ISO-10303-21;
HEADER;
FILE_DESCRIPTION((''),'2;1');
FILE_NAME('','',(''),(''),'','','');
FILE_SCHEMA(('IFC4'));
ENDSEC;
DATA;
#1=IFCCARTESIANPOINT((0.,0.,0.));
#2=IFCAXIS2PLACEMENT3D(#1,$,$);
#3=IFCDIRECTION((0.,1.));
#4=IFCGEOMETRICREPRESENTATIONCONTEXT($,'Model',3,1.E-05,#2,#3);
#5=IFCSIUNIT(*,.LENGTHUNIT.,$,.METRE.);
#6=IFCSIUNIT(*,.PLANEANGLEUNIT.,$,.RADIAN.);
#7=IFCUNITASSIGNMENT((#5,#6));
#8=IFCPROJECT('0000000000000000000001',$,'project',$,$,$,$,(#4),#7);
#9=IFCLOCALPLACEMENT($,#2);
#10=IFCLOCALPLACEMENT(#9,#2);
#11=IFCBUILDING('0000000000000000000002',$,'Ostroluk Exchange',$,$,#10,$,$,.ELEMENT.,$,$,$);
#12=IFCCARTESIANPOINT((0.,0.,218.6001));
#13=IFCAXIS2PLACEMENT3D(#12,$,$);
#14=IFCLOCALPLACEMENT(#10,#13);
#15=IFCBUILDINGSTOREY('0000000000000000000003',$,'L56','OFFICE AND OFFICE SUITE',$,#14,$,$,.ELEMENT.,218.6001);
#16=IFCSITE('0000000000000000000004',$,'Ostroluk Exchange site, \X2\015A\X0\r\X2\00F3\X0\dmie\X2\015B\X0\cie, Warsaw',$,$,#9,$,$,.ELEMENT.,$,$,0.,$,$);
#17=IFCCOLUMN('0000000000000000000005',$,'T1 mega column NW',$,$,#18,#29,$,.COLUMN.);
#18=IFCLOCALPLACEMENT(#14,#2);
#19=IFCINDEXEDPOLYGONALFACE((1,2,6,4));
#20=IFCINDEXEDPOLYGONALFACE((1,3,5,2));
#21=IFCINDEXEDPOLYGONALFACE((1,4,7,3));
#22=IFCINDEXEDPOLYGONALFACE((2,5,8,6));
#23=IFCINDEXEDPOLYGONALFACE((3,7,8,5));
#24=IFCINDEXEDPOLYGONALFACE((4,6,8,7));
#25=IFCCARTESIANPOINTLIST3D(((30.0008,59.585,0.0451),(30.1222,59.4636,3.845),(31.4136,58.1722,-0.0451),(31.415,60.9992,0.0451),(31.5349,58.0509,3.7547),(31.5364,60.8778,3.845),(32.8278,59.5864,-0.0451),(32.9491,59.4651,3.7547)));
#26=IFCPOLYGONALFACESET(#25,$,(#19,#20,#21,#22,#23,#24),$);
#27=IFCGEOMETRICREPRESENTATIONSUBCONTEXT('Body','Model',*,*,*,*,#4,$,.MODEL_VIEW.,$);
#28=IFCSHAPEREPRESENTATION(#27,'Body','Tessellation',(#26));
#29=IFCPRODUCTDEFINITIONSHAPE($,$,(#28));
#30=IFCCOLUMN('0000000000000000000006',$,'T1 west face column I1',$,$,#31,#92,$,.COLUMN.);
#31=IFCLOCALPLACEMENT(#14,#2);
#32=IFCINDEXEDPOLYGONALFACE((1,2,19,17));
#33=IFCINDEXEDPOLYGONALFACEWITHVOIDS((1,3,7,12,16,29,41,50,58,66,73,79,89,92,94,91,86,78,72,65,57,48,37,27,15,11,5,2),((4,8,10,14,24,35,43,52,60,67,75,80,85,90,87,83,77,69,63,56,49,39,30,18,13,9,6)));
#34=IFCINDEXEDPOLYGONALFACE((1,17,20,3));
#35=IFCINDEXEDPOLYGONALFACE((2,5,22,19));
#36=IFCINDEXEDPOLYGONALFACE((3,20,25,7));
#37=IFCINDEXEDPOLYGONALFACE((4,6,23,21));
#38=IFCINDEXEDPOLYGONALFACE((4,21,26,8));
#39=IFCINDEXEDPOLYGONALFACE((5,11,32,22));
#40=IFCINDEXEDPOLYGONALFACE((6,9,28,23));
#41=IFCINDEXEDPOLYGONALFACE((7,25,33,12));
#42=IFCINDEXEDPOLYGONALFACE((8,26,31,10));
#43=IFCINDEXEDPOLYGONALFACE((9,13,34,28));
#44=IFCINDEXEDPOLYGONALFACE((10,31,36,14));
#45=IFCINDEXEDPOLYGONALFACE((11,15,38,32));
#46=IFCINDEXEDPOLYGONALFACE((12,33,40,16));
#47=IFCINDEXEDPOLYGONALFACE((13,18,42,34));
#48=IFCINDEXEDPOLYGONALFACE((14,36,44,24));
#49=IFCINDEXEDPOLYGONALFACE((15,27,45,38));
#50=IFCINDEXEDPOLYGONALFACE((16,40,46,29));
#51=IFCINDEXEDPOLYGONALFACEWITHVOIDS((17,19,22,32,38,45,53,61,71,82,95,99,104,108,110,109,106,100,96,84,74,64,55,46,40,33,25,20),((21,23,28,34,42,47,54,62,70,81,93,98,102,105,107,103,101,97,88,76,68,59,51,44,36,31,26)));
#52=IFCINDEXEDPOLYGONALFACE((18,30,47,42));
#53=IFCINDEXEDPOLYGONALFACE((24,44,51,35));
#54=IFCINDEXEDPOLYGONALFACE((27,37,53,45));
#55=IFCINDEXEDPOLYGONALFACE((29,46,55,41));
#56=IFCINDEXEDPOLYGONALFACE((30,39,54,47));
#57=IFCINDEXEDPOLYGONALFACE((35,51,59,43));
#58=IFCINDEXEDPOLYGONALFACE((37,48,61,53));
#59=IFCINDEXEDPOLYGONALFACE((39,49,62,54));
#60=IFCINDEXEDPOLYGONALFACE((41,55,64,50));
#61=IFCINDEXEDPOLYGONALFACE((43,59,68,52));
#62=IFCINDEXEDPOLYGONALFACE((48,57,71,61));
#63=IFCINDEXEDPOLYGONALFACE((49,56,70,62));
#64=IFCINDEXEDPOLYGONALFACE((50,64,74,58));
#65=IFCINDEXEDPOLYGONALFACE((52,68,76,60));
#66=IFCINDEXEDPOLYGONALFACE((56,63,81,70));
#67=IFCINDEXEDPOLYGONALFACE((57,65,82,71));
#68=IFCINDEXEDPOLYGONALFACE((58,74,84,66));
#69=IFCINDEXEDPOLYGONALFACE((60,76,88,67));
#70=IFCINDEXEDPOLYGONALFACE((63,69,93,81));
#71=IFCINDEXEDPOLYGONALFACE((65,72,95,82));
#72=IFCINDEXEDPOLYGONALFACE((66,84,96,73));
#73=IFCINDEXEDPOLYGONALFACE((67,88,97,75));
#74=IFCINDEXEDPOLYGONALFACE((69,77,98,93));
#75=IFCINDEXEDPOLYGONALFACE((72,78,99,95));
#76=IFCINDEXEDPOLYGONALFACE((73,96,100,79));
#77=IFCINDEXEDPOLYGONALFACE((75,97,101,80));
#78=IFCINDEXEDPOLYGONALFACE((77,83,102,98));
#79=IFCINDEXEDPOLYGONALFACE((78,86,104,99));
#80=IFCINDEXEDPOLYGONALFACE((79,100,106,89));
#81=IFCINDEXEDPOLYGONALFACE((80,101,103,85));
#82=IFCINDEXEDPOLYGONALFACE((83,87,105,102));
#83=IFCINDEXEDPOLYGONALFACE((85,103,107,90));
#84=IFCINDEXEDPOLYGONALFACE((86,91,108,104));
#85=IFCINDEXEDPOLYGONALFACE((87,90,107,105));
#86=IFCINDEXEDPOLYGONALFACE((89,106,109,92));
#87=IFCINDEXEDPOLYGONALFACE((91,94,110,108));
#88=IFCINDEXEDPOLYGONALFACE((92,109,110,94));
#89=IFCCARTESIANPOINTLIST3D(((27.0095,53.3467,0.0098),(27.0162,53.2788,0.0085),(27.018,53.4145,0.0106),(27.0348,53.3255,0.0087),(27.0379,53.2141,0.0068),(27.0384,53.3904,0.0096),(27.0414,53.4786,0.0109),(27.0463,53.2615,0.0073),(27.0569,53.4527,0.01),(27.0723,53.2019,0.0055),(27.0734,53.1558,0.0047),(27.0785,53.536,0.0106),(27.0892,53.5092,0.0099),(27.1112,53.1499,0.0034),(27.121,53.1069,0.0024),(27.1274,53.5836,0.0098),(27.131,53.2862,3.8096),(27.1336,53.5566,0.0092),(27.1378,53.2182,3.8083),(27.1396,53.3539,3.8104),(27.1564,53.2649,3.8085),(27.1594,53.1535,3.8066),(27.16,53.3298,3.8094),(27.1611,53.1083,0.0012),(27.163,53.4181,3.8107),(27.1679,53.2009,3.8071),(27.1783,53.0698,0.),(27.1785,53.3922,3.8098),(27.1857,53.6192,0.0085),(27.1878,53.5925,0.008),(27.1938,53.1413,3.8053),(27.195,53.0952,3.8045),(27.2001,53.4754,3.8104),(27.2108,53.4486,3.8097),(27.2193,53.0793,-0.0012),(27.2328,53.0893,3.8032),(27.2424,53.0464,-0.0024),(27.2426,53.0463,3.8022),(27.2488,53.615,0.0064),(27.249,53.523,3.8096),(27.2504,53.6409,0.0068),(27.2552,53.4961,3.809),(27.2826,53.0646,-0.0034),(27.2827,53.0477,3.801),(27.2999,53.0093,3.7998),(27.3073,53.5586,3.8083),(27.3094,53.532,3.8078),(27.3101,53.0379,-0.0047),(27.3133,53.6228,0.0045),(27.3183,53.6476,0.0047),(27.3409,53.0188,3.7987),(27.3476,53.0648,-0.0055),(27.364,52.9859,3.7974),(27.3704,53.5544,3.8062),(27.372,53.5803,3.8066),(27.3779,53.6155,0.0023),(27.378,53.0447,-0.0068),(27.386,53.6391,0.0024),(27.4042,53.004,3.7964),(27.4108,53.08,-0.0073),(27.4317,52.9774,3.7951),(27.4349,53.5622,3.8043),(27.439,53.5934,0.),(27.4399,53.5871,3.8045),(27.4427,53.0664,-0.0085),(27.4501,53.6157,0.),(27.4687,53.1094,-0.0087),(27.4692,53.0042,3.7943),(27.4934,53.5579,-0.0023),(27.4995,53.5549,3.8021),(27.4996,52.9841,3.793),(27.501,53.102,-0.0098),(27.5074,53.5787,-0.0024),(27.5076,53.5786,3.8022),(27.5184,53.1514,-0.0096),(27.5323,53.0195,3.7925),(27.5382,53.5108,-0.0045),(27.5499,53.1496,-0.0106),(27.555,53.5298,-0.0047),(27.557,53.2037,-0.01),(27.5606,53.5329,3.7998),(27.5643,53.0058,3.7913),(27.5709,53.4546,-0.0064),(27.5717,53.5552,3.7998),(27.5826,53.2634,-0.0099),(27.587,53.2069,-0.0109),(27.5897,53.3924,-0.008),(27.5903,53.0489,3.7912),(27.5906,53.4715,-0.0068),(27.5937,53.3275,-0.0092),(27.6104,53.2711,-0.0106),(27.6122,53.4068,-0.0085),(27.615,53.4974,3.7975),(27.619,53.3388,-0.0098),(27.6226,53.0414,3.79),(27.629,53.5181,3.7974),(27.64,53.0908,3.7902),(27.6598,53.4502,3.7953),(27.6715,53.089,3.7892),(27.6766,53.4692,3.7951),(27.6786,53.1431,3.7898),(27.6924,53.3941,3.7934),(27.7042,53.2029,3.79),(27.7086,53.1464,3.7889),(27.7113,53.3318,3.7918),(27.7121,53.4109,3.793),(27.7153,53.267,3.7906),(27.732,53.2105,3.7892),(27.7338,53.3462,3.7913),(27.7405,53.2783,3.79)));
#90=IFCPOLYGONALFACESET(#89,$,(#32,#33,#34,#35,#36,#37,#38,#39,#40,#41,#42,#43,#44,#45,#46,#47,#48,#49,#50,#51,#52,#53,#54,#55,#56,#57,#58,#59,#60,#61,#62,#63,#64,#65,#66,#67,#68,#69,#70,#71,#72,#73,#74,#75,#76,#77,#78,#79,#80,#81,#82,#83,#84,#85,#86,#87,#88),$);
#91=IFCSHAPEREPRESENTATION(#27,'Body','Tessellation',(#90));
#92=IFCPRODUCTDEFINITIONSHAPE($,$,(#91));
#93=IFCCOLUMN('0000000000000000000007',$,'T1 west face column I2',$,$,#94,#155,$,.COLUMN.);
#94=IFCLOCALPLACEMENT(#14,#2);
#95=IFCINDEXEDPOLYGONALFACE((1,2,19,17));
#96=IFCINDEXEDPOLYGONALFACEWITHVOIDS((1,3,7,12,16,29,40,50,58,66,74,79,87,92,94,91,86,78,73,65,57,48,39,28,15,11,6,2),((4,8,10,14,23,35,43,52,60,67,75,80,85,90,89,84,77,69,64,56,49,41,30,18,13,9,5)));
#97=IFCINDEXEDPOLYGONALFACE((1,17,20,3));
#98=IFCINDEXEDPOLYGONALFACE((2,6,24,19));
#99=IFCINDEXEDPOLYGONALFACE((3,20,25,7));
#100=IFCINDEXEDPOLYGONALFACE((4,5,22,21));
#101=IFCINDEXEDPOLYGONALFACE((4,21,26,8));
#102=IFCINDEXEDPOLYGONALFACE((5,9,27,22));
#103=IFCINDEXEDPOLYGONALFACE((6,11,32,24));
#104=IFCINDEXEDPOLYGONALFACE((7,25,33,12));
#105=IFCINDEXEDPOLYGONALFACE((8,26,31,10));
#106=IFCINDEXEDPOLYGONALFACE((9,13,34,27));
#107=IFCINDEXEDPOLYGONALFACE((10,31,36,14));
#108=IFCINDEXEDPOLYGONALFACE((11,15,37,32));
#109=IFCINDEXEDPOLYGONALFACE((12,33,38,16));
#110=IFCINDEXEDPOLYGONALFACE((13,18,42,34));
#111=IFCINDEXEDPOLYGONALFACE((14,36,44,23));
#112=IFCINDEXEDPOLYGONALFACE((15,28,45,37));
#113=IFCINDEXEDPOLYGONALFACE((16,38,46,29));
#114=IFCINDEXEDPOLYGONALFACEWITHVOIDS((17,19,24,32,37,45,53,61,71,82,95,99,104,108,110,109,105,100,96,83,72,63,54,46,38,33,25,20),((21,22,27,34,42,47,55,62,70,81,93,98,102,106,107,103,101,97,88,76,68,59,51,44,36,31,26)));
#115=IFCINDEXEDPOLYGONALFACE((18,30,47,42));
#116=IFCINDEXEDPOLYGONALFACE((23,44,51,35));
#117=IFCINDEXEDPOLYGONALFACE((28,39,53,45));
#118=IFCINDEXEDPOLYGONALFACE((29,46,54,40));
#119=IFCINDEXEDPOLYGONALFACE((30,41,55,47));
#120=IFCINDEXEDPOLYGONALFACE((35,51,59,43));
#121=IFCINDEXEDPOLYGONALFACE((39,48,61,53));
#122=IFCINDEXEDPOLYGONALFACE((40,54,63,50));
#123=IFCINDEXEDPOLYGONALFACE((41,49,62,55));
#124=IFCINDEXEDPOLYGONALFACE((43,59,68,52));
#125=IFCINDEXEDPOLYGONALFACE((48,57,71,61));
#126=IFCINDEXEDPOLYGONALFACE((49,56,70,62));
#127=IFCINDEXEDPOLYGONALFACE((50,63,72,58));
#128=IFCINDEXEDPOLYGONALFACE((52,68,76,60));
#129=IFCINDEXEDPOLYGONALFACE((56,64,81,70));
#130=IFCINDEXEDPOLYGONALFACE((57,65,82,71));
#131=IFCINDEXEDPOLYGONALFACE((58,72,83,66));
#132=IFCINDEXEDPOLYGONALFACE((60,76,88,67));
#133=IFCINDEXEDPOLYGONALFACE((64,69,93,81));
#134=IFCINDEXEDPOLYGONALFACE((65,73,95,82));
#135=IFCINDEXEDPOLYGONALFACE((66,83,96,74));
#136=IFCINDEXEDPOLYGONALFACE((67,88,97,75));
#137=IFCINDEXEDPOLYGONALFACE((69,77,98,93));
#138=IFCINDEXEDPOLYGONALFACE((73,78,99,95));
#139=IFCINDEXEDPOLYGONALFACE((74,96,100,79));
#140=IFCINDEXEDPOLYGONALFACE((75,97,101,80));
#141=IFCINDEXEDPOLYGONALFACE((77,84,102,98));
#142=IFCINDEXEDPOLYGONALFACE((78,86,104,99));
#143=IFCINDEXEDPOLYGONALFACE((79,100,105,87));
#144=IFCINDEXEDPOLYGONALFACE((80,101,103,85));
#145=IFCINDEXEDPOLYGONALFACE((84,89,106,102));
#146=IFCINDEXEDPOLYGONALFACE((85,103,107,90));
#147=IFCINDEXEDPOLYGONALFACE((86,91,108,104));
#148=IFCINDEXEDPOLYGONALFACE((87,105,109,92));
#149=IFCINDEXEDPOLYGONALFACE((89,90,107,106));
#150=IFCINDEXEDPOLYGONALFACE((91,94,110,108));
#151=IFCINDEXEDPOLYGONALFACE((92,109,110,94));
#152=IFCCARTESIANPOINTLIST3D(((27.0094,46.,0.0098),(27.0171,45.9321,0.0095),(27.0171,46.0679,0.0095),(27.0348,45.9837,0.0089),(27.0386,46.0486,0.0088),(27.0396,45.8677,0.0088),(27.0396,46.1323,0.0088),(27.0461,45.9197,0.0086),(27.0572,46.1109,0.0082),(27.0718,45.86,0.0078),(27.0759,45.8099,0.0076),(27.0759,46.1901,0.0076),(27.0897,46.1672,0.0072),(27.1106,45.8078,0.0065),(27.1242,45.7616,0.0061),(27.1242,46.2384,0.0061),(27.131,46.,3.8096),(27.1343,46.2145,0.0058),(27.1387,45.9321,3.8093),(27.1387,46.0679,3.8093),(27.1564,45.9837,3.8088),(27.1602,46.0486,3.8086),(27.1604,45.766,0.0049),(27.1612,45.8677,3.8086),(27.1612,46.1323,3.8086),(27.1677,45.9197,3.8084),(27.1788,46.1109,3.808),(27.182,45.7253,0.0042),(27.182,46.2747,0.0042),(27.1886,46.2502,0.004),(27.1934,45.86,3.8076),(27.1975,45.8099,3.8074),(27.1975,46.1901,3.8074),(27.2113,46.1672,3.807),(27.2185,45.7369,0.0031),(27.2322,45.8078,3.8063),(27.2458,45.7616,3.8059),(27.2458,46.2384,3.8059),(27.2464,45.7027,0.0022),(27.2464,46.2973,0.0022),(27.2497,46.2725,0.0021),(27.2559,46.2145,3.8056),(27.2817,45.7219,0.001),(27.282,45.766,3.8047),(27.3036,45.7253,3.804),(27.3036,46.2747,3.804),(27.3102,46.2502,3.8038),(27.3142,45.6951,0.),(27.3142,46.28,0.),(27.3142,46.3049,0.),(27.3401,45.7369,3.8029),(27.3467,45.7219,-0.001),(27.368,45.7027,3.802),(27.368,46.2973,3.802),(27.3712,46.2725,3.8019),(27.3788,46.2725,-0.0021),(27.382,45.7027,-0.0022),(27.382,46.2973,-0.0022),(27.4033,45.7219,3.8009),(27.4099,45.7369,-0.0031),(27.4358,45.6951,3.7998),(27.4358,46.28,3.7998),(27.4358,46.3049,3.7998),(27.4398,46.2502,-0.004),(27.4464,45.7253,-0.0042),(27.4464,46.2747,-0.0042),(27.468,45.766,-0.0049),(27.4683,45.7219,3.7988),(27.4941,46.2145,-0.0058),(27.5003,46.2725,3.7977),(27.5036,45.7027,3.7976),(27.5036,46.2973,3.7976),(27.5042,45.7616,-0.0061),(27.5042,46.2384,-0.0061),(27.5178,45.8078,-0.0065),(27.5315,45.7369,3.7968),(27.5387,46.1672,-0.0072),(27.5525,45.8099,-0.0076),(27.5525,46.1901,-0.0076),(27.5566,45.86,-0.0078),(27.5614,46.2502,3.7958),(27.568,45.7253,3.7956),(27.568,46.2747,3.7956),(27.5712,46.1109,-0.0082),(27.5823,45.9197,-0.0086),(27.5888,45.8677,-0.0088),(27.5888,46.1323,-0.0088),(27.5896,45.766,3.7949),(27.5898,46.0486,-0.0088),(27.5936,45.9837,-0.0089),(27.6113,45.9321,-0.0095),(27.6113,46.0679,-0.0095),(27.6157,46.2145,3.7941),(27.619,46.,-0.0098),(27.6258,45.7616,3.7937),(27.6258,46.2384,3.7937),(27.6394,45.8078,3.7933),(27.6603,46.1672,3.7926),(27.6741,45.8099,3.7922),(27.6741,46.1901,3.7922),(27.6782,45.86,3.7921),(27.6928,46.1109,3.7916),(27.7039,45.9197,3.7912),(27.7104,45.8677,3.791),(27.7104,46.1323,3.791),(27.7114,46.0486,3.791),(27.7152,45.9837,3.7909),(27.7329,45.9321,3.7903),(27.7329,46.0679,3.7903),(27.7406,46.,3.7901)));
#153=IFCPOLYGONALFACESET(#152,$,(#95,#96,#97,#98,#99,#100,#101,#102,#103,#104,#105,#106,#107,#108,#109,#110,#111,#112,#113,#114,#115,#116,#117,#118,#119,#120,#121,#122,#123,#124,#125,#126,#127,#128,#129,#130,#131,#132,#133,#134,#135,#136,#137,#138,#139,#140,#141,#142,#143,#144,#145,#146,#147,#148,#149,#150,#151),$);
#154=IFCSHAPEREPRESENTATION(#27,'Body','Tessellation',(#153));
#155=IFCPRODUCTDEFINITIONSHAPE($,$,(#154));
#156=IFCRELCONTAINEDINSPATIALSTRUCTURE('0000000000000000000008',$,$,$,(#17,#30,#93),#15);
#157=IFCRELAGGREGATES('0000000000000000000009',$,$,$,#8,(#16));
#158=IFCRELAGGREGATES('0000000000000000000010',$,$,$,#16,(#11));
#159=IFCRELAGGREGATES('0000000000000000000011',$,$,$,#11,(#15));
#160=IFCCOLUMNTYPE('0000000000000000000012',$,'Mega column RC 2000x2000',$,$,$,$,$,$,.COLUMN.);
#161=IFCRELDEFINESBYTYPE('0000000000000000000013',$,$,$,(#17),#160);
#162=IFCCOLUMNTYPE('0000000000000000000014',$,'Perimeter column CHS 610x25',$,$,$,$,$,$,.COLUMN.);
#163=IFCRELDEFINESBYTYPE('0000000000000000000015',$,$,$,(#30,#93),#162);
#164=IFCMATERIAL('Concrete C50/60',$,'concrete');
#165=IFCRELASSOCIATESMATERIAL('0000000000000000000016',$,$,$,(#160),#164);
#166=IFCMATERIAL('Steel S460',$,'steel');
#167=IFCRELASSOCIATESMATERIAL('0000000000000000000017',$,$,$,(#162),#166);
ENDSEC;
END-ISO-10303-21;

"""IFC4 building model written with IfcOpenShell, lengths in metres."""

from ifc_helpers import new_model, si_unit, direction, frame, origin, origin_2d, place, context, subcontext, project, spatial, rectangle, hollow_circle, extrude, material, material_profile, profile_set, type_object, element, save


model = new_model("IFC4")

# Units and contexts
model_context = context("Model", 3, precision=1e-05, world=origin(), true_north=direction((0.0, 1.0)))
body_context = subcontext(model_context, "Body", "Model", "MODEL_VIEW")
ifc_project = project(units=[si_unit("LENGTHUNIT", "METRE"), si_unit("PLANEANGLEUNIT", "RADIAN")], contexts=[model_context])

# Site, building, storey
site_placement = place(None, origin())
site = spatial("IfcSite", under=ifc_project, at=site_placement, Name="Ostroluk Exchange site, Śródmieście, Warsaw", CompositionType="ELEMENT", RefElevation=0.0)
building_placement = place(site_placement, origin())
building = spatial("IfcBuilding", under=site, at=building_placement, Name="Ostroluk Exchange", CompositionType="ELEMENT")
storey_placement = place(building_placement, frame((0.0, 0.0, 218.6001)))
storey = spatial("IfcBuildingStorey", under=building, at=storey_placement, Name="L56", Description="OFFICE AND OFFICE SUITE", CompositionType="ELEMENT", Elevation=218.6001)

# Columns
ifc_material_1 = material(Name="Concrete C50/60", Category="concrete")
ifc_material_profile_1 = material_profile(ifc_material_1, rectangle(XDim=2.0, YDim=2.0, at=origin_2d()), Name="RC 2000x2000")
ifc_profile_set_1 = profile_set([ifc_material_profile_1], Name="Concrete C50/60")
column_type_1 = type_object("IfcColumnType", Name="Mega column RC 2000x2000", PredefinedType="COLUMN", material=ifc_profile_set_1)
column_1_placement = place(storey_placement, frame((31.4143, 59.5857, 0.0), z_axis=(0.0319, -0.0319, 0.998982), x_axis=(0.707107, 0.707107, 0.0)))
element("IfcColumn", 1, at=column_1_placement, inside=storey, type_object=column_type_1, Name="T1 mega column NW", PredefinedType="COLUMN", context=body_context, shape_type="SweptSolid", body=[
    extrude(rectangle(XDim=2.0, YDim=2.0, at=origin_2d()), origin(), (0.0, 0.0, 1.0), 3.8037),
])
ifc_material_2 = material(Name="Steel S460", Category="steel")
ifc_material_profile_2 = material_profile(ifc_material_2, hollow_circle(Radius=0.3049, WallThickness=0.0249, at=origin_2d()), Name="CHS 610x25")
ifc_profile_set_2 = profile_set([ifc_material_profile_2], Name="Steel S460")
column_type_2 = type_object("IfcColumnType", Name="Perimeter column CHS 610x25", PredefinedType="COLUMN", material=ifc_profile_set_2)
column_2_placement = place(storey_placement, frame((27.3142, 53.3428, 0.0), z_axis=(0.031976, -0.015924, 0.999362), x_axis=(0.445775, 0.895145, 0.0)))
element("IfcColumn", 2, at=column_2_placement, inside=storey, type_object=column_type_2, Name="T1 west face column I1", PredefinedType="COLUMN", context=body_context, shape_type="SweptSolid", body=[
    extrude(hollow_circle(Radius=0.3049, WallThickness=0.0249, at=origin_2d()), origin(), (0.0, 0.0, 1.0), 3.8022),
])
column_3_placement = place(storey_placement, frame((27.3142, 46.0, 0.0), z_axis=(0.031981, 0.0, 0.999488), x_axis=(0.0, 1.0, 0.0)))
element("IfcColumn", 3, at=column_3_placement, inside=storey, type_object=column_type_2, Name="T1 west face column I2", PredefinedType="COLUMN", context=body_context, shape_type="SweptSolid", body=[
    extrude(hollow_circle(Radius=0.3049, WallThickness=0.0249, at=origin_2d()), origin(), (0.0, 0.0, 1.0), 3.8018),
])

save(model, "model.ifc")
